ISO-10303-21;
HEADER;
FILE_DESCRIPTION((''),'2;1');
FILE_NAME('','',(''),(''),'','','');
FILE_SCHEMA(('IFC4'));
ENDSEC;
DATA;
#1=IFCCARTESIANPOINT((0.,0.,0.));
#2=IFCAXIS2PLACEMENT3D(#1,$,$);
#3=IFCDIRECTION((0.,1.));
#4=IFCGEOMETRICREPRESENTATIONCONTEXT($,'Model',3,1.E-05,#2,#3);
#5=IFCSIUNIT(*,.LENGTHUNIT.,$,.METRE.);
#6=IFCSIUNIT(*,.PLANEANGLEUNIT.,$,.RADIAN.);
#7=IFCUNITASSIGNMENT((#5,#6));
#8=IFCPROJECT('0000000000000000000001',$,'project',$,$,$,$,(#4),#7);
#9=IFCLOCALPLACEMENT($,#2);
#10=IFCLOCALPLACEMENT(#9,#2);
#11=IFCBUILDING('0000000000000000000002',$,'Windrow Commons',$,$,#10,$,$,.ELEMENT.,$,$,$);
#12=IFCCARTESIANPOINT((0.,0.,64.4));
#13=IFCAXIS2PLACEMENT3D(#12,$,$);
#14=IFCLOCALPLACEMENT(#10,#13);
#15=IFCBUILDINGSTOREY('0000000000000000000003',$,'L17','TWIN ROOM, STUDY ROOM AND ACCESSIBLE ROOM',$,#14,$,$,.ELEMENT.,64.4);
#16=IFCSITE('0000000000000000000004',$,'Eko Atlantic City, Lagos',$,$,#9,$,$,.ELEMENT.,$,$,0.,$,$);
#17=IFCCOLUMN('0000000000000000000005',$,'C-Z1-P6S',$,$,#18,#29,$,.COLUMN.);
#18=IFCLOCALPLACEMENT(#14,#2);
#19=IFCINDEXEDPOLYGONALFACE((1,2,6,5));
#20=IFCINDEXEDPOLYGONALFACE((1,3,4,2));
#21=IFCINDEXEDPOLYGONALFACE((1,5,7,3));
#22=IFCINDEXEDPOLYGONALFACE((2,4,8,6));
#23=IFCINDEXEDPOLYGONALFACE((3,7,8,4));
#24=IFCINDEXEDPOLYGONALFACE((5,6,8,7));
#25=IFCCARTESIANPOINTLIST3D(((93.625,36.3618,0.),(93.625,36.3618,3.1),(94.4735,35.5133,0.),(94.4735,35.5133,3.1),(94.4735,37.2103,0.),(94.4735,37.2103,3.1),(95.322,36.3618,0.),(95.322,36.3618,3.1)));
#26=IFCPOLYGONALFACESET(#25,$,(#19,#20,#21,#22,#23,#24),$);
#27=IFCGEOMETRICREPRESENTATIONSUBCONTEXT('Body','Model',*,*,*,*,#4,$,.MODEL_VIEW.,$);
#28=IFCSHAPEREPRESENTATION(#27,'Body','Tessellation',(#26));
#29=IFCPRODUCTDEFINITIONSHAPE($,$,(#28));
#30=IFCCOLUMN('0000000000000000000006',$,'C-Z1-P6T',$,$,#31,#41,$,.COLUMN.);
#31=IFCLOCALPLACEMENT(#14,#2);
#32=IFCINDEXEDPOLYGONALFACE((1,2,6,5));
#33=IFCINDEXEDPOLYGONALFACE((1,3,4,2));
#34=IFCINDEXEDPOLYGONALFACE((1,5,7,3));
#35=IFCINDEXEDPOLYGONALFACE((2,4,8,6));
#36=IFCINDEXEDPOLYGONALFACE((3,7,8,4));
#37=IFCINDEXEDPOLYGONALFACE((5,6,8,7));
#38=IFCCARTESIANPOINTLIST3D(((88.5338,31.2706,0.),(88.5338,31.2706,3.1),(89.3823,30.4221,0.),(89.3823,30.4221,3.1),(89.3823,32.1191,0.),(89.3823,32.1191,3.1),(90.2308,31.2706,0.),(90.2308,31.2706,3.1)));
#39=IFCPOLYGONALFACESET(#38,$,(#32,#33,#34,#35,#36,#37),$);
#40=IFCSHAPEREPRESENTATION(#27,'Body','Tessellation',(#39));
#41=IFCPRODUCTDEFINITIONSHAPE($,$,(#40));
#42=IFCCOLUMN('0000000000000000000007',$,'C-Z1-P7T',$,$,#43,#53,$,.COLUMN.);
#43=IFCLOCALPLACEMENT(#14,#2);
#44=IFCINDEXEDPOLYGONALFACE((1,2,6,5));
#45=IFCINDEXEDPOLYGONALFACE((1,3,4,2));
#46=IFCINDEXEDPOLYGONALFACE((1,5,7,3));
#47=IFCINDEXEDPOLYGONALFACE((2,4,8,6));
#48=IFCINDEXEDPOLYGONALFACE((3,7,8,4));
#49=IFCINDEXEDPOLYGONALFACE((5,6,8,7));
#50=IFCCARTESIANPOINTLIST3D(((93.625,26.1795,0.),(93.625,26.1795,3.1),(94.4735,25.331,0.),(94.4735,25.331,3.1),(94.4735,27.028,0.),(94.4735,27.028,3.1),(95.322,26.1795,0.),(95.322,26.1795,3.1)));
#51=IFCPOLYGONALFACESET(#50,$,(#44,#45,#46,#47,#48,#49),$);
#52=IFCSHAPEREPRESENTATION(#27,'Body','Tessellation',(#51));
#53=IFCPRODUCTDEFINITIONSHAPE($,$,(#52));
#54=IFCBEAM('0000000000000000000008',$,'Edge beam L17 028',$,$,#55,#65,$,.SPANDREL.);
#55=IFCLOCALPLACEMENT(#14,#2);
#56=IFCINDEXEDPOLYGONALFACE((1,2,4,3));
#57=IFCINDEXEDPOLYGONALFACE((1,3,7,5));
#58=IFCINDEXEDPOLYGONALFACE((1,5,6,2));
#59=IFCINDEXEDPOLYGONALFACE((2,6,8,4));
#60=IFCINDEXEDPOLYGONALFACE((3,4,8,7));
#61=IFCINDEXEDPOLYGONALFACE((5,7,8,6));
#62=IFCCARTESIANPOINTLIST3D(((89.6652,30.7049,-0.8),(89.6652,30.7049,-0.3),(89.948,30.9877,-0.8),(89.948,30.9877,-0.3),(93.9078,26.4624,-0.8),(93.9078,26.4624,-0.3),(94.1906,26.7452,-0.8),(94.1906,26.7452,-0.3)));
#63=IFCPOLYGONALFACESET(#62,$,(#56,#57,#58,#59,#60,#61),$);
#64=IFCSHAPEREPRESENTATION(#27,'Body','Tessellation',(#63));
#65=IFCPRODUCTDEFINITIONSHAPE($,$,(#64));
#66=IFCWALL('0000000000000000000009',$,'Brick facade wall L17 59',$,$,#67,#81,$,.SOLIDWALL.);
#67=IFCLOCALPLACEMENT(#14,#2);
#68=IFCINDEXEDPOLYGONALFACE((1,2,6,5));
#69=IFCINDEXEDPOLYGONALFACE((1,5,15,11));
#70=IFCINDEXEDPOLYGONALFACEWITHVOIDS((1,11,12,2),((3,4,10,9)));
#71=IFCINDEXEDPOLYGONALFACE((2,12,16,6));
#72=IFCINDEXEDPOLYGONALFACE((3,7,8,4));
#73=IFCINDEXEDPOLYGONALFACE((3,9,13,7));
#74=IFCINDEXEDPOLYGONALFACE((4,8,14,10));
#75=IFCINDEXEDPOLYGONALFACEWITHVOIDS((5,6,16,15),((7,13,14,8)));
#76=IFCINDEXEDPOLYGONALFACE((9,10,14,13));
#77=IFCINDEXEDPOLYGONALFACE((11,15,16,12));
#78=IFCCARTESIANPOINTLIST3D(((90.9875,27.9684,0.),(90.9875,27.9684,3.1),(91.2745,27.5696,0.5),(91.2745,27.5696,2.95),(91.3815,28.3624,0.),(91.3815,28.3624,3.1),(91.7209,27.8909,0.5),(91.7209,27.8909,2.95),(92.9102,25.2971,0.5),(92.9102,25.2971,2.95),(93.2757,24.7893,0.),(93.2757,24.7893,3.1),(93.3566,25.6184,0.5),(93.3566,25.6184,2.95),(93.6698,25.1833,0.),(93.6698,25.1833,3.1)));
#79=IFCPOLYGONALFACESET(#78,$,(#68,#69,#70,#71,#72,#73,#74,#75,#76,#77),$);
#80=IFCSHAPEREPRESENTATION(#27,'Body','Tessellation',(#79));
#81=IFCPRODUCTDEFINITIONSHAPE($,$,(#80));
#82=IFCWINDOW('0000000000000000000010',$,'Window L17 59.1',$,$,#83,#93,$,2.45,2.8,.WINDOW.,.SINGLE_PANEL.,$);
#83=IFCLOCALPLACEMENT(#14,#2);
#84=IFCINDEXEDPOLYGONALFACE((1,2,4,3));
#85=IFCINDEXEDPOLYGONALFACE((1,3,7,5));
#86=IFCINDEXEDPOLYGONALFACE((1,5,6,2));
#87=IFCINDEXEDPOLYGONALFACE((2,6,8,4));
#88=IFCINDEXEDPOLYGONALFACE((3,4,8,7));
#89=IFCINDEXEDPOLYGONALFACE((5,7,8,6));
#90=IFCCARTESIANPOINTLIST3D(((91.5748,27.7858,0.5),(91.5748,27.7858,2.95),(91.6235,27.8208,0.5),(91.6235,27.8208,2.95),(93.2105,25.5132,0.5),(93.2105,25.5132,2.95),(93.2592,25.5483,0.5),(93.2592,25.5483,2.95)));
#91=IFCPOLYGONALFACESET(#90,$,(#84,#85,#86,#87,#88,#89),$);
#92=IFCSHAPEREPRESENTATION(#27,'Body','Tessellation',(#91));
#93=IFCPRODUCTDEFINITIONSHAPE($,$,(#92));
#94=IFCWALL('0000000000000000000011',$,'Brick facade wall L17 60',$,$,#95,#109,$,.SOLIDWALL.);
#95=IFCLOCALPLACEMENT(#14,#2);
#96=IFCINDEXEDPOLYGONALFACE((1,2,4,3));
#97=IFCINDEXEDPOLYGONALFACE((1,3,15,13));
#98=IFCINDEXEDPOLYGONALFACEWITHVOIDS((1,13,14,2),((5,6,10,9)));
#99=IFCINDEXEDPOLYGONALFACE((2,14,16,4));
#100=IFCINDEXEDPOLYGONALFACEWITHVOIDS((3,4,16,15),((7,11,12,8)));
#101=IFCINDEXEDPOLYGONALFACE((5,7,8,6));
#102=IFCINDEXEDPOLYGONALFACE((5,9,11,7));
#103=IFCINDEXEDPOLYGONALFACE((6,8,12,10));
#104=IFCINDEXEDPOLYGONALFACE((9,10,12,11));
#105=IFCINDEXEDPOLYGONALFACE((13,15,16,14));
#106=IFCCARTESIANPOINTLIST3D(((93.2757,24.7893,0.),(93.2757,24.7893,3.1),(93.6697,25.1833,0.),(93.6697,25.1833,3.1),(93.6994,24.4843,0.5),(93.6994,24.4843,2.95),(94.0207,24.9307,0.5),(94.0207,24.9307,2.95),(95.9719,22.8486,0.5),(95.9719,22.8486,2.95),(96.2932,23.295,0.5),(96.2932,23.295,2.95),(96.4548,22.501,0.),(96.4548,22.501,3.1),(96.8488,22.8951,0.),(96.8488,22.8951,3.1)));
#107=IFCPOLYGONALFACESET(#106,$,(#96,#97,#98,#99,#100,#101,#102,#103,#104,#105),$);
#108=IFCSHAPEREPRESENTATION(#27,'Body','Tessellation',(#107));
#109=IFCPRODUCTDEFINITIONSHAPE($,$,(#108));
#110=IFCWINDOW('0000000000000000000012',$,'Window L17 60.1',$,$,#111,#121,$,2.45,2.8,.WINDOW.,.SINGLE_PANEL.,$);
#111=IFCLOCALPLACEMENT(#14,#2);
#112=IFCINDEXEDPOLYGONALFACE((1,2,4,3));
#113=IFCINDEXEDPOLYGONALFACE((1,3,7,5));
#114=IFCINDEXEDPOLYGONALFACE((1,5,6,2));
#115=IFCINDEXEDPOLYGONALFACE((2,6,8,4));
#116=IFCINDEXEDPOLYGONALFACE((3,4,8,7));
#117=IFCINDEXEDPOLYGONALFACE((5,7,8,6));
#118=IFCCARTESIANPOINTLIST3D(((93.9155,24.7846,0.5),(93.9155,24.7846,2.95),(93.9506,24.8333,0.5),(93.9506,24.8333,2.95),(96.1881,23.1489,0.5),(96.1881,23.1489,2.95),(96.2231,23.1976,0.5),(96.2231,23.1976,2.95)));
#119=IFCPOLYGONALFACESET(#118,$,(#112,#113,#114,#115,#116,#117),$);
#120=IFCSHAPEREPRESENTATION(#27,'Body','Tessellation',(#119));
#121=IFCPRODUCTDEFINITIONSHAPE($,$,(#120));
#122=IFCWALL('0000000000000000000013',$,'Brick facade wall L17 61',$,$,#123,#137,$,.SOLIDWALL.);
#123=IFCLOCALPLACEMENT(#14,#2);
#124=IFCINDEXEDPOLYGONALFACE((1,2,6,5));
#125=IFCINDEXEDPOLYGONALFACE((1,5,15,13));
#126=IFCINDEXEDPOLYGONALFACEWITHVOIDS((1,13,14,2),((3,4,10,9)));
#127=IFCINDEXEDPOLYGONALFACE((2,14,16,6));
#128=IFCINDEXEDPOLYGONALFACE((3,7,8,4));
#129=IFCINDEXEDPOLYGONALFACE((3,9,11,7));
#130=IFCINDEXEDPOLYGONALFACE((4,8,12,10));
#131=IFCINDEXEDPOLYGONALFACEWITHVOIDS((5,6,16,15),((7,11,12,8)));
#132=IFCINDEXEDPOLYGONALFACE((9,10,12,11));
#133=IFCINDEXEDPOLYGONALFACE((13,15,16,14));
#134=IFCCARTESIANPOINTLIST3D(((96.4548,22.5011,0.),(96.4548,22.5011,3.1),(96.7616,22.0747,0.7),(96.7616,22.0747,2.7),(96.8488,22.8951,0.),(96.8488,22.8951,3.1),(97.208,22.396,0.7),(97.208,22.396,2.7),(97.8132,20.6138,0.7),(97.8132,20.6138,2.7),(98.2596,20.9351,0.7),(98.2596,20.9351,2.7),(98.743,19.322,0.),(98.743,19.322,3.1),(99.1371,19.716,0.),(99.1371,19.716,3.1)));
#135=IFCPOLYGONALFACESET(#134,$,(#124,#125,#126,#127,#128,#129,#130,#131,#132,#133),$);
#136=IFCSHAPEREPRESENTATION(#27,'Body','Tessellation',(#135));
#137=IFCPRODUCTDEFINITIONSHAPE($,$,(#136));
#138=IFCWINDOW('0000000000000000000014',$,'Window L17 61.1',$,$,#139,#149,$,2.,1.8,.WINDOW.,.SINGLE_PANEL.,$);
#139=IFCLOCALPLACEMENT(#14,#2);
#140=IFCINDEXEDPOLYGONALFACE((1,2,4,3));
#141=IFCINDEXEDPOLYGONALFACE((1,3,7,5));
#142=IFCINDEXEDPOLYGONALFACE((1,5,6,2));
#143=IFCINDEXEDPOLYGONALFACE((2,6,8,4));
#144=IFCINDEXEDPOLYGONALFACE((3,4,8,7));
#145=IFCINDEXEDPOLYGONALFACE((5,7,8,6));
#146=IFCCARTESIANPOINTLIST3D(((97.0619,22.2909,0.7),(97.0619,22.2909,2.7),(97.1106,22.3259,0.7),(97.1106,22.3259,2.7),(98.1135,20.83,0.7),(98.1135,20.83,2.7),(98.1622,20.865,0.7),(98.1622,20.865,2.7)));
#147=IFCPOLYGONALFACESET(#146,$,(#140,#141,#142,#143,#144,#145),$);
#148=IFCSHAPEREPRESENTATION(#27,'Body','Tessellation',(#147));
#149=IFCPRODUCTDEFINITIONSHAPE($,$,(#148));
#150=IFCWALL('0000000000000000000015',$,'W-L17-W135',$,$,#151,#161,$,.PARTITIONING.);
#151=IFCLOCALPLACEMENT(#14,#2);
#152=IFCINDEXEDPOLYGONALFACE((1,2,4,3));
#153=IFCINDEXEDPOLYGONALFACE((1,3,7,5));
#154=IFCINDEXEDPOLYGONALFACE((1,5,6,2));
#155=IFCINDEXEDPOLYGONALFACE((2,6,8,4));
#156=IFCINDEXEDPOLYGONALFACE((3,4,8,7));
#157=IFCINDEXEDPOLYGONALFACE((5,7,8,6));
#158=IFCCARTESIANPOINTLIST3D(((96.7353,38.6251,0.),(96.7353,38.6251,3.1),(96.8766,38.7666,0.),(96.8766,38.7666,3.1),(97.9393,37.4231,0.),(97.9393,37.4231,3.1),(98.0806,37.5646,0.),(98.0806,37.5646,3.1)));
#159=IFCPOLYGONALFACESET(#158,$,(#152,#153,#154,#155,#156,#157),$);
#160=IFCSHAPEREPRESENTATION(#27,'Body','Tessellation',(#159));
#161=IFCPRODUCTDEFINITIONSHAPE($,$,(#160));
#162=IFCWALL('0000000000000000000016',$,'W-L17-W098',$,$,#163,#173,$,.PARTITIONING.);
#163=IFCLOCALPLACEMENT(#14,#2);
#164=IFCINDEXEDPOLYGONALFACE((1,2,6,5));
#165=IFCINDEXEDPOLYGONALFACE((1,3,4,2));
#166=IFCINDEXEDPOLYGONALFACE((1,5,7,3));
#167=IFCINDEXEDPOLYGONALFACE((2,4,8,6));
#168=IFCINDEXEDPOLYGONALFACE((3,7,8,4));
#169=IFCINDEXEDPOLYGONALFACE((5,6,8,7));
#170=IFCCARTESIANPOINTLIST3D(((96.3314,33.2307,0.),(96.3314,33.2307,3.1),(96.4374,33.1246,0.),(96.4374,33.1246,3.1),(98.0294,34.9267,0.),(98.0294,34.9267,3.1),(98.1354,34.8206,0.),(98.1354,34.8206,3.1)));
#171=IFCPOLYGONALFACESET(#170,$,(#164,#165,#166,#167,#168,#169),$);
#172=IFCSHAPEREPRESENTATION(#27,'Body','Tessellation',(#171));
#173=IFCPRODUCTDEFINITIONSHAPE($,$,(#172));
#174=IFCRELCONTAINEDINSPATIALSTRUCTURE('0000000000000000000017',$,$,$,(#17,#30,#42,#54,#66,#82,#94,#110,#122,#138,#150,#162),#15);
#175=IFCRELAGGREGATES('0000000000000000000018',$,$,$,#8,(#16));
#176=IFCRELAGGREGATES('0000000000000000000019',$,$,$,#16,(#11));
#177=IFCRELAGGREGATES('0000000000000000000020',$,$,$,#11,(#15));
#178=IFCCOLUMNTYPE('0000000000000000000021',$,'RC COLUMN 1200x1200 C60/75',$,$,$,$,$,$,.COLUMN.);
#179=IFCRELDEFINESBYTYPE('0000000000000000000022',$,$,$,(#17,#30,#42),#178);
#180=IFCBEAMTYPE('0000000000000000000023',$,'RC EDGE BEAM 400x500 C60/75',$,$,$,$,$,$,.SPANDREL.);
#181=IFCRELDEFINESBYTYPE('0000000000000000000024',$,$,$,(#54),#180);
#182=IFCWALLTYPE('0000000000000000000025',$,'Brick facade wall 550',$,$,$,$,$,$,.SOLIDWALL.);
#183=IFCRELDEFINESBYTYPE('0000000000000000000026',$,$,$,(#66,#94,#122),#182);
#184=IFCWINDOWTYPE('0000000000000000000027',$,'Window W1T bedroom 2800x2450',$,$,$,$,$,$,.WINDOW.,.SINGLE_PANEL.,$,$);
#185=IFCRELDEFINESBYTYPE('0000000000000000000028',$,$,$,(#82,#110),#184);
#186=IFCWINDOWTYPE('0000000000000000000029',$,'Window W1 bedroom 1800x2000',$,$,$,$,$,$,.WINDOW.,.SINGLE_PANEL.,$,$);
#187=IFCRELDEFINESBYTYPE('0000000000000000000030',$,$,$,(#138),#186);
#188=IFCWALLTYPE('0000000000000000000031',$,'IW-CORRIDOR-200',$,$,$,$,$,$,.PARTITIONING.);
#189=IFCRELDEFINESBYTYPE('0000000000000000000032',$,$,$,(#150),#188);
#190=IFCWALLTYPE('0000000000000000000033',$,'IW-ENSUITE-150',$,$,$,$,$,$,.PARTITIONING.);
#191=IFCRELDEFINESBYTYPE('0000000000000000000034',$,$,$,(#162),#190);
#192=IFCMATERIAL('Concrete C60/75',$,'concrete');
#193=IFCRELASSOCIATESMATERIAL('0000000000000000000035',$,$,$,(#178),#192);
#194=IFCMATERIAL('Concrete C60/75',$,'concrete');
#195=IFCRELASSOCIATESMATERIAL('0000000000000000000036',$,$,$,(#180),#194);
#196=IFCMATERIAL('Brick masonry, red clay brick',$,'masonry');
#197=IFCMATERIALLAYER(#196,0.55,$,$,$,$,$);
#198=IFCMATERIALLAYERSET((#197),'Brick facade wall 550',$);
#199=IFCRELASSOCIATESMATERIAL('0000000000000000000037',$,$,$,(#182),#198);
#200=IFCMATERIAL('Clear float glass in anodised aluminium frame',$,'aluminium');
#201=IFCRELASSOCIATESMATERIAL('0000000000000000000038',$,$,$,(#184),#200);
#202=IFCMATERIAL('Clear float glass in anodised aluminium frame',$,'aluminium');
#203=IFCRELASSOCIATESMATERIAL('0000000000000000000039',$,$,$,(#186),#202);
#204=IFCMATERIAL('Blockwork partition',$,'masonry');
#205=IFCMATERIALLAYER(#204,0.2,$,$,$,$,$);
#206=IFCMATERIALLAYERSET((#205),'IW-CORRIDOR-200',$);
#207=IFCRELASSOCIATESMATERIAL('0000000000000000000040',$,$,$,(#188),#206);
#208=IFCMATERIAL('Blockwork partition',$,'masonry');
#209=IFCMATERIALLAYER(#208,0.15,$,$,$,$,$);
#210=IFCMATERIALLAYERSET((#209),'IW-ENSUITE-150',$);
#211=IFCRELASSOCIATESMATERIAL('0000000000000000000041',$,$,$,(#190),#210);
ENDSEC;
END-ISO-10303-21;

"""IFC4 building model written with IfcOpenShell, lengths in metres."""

from ifc_helpers import new_model, si_unit, direction, frame, frame_2d, origin, origin_2d, place, context, subcontext, project, spatial, polyline, rectangle, outline, extrude, material, layer, layer_set, material_profile, profile_set, type_object, element, fill, save


model = new_model("IFC4")

# Units and contexts
model_context = context("Model", 3, precision=1e-05, world=origin(), true_north=direction((0.0, 1.0)))
body_context = subcontext(model_context, "Body", "Model", "MODEL_VIEW")
ifc_project = project(units=[si_unit("LENGTHUNIT", "METRE"), si_unit("PLANEANGLEUNIT", "RADIAN")], contexts=[model_context])

# Site, building, storey
site_placement = place(None, origin())
site = spatial("IfcSite", under=ifc_project, at=site_placement, Name="Eko Atlantic City, Lagos", CompositionType="ELEMENT", RefElevation=0.0)
building_placement = place(site_placement, origin())
building = spatial("IfcBuilding", under=site, at=building_placement, Name="Windrow Commons", CompositionType="ELEMENT")
storey_placement = place(building_placement, frame((0.0, 0.0, 64.4)))
storey = spatial("IfcBuildingStorey", under=building, at=storey_placement, Name="L17", Description="TWIN ROOM, STUDY ROOM AND ACCESSIBLE ROOM", CompositionType="ELEMENT", Elevation=64.4)

# Columns
ifc_material_1 = material(Name="Concrete C60/75", Category="concrete")
ifc_material_profile_1 = material_profile(ifc_material_1, rectangle(XDim=1.2, YDim=1.2, at=origin_2d()))
ifc_profile_set_1 = profile_set([ifc_material_profile_1], Name="Concrete C60/75")
column_type = type_object("IfcColumnType", Name="RC COLUMN 1200x1200 C60/75", PredefinedType="COLUMN", material=ifc_profile_set_1)
for number, where, z_axis, x_axis, name in (
    (1, (94.4735, 36.3618, 0.0), (0.0, 0.0, 1.0), (0.707107, -0.707107, 0.0), "C-Z1-P6S"),
    (2, (89.3823, 31.2706, 0.0), (0.0, 0.0, 1.0), (0.707107, -0.707107, 0.0), "C-Z1-P6T"),
    (3, (94.4735, 26.1795, 0.0), (0.0, 0.0, 1.0), (0.707107, -0.707107, 0.0), "C-Z1-P7T"),
):
    element("IfcColumn", number, at=place(storey_placement, frame(where, z_axis=z_axis, x_axis=x_axis)), inside=storey, type_object=column_type, Name=name, PredefinedType="COLUMN", context=body_context, shape_type="SweptSolid", body=[
        extrude(rectangle(XDim=1.2, YDim=1.2, at=origin_2d()), origin(), (0.0, 0.0, 1.0), 3.1),
    ])

# Beam
ifc_material_2 = material(Name="Concrete C60/75", Category="concrete")
ifc_material_profile_2 = material_profile(ifc_material_2, rectangle(XDim=0.4, YDim=0.5, at=origin_2d()))
ifc_profile_set_2 = profile_set([ifc_material_profile_2], Name="Concrete C60/75")
beam_type = type_object("IfcBeamType", Name="RC EDGE BEAM 400x500 C60/75", PredefinedType="SPANDREL", material=ifc_profile_set_2)
beam_placement = place(storey_placement, frame((94.0492, 26.6038, -0.55), z_axis=(-0.707115, 0.707098, 0.0), x_axis=(-0.707098, -0.707115, 0.0)))
element("IfcBeam", 4, at=beam_placement, inside=storey, type_object=beam_type, Name="Edge beam L17 028", PredefinedType="SPANDREL", context=body_context, shape_type="SweptSolid", body=[
    extrude(rectangle(XDim=0.4, YDim=0.5, at=origin_2d()), origin(), (0.0, 0.0, 1.0), 5.9999),
])

# Walls, openings, windows
ifc_material_3 = material(Name="Brick masonry, red clay brick", Category="masonry")
ifc_layer_1 = layer(ifc_material_3, 0.55)
ifc_layer_set_1 = layer_set([ifc_layer_1], Name="Brick facade wall 550")
wall_type_1 = type_object("IfcWallType", Name="Brick facade wall 550", PredefinedType="SOLIDWALL", material=ifc_layer_set_1)
wall_1_placement = place(storey_placement, frame((91.1845, 28.1654, 0.0), z_axis=(0.0, 0.0, 1.0), x_axis=(0.584178, -0.811625, 0.0)))
wall_1 = element("IfcWall", 5, at=wall_1_placement, inside=storey, type_object=wall_type_1, Name="Brick facade wall L17 59", PredefinedType="SOLIDWALL", context=body_context, shape_type="SweptSolid", body=[
    extrude(outline(polyline([(0.0448, -0.275), (3.9618, -0.275), (3.8722, 0.275), (-0.0448, 0.275), (0.0448, -0.275)])), origin(), (0.0, 0.0, 1.0), 3.1),
])
opening_1_placement = place(wall_1_placement, frame((0.5361, 0.0, 0.5)))
opening_1 = element("IfcOpeningElement", 6, at=opening_1_placement, cuts=wall_1, PredefinedType="OPENING", context=body_context, shape_type="SweptSolid", body=[
    extrude(rectangle(XDim=2.8, YDim=2.45, at=frame_2d((1.4, 1.225))), frame((0.0, 0.285, 0.0), z_axis=(0.0, -1.0, 0.0), x_axis=(1.0, 0.0, 0.0)), (0.0, 0.0, 1.0), 0.57),
])
ifc_material_4 = material(Name="Clear float glass in anodised aluminium frame", Category="aluminium")
window_type_1 = type_object("IfcWindowType", Name="Window W1T bedroom 2800x2450", PartitioningType="SINGLE_PANEL", PredefinedType="WINDOW", material=ifc_material_4)
window_1_placement = place(opening_1_placement, origin())
window_1 = element("IfcWindow", 7, at=window_1_placement, inside=storey, type_object=window_type_1, Name="Window L17 59.1", OverallHeight=2.45, OverallWidth=2.8, PartitioningType="SINGLE_PANEL", PredefinedType="WINDOW", context=body_context, shape_type="SweptSolid", body=[
    extrude(rectangle(XDim=2.8, YDim=2.45, at=frame_2d((1.4, 1.225))), frame((0.0, 0.155, 0.0), z_axis=(0.0, -1.0, 0.0), x_axis=(1.0, 0.0, 0.0)), (0.0, 0.0, 1.0), 0.06),
])
fill(opening_1, window_1)
wall_2_placement = place(storey_placement, frame((93.4727, 24.9863, 0.0), z_axis=(0.0, 0.0, 1.0), x_axis=(0.811625, -0.584178, 0.0)))
wall_2 = element("IfcWall", 8, at=wall_2_placement, inside=storey, type_object=wall_type_1, Name="Brick facade wall L17 60", PredefinedType="SOLIDWALL", context=body_context, shape_type="SweptSolid", body=[
    extrude(outline(polyline([(-0.0448, -0.275), (3.8722, -0.275), (3.9618, 0.275), (0.0448, 0.275), (-0.0448, -0.275)])), origin(), (0.0, 0.0, 1.0), 3.1),
])
opening_2_placement = place(wall_2_placement, frame((0.4772, 0.0, 0.5)))
opening_2 = element("IfcOpeningElement", 9, at=opening_2_placement, cuts=wall_2, PredefinedType="OPENING", context=body_context, shape_type="SweptSolid", body=[
    extrude(rectangle(XDim=2.8, YDim=2.45, at=frame_2d((1.4, 1.225))), frame((0.0, 0.285, 0.0), z_axis=(0.0, -1.0, 0.0), x_axis=(1.0, 0.0, 0.0)), (0.0, 0.0, 1.0), 0.57),
])
window_2_placement = place(opening_2_placement, origin())
window_2 = element("IfcWindow", 10, at=window_2_placement, inside=storey, type_object=window_type_1, Name="Window L17 60.1", OverallHeight=2.45, OverallWidth=2.8, PartitioningType="SINGLE_PANEL", PredefinedType="WINDOW", context=body_context, shape_type="SweptSolid", body=[
    extrude(rectangle(XDim=2.8, YDim=2.45, at=frame_2d((1.4, 1.225))), frame((0.0, 0.155, 0.0), z_axis=(0.0, -1.0, 0.0), x_axis=(1.0, 0.0, 0.0)), (0.0, 0.0, 1.0), 0.06),
])
fill(opening_2, window_2)
wall_3_placement = place(storey_placement, frame((96.6518, 22.6981, 0.0), z_axis=(0.0, 0.0, 1.0), x_axis=(0.584178, -0.811625, 0.0)))
wall_3 = element("IfcWall", 11, at=wall_3_placement, inside=storey, type_object=wall_type_1, Name="Brick facade wall L17 61", PredefinedType="SOLIDWALL", context=body_context, shape_type="SweptSolid", body=[
    extrude(outline(polyline([(0.0448, -0.275), (3.9618, -0.275), (3.8722, 0.275), (-0.0448, 0.275), (0.0448, -0.275)])), origin(), (0.0, 0.0, 1.0), 3.1),
])
opening_3_placement = place(wall_3_placement, frame((0.5701, 0.0, 0.7)))
opening_3 = element("IfcOpeningElement", 12, at=opening_3_placement, cuts=wall_3, PredefinedType="OPENING", context=body_context, shape_type="SweptSolid", body=[
    extrude(rectangle(XDim=1.8, YDim=2.0, at=frame_2d((0.9, 1.0))), frame((0.0, 0.285, 0.0), z_axis=(0.0, -1.0, 0.0), x_axis=(1.0, 0.0, 0.0)), (0.0, 0.0, 1.0), 0.57),
])
ifc_material_5 = material(Name="Clear float glass in anodised aluminium frame", Category="aluminium")
window_type_2 = type_object("IfcWindowType", Name="Window W1 bedroom 1800x2000", PartitioningType="SINGLE_PANEL", PredefinedType="WINDOW", material=ifc_material_5)
window_3_placement = place(opening_3_placement, origin())
window_3 = element("IfcWindow", 13, at=window_3_placement, inside=storey, type_object=window_type_2, Name="Window L17 61.1", OverallHeight=2.0, OverallWidth=1.8, PartitioningType="SINGLE_PANEL", PredefinedType="WINDOW", context=body_context, shape_type="SweptSolid", body=[
    extrude(rectangle(XDim=1.8, YDim=2.0, at=frame_2d((0.9, 1.0))), frame((0.0, 0.155, 0.0), z_axis=(0.0, -1.0, 0.0), x_axis=(1.0, 0.0, 0.0)), (0.0, 0.0, 1.0), 0.06),
])
fill(opening_3, window_3)

# Walls
ifc_material_6 = material(Name="Blockwork partition", Category="masonry")
ifc_layer_2 = layer(ifc_material_6, 0.2)
ifc_layer_set_2 = layer_set([ifc_layer_2], Name="IW-CORRIDOR-200")
wall_type_2 = type_object("IfcWallType", Name="IW-CORRIDOR-200", PredefinedType="PARTITIONING", material=ifc_layer_set_2)
wall_4_placement = place(storey_placement, frame((96.8059, 38.6959, 0.0), z_axis=(0.0, 0.0, 1.0), x_axis=(0.707694, -0.706519, 0.0)))
element("IfcWall", 14, at=wall_4_placement, inside=storey, type_object=wall_type_2, Name="W-L17-W135", PredefinedType="PARTITIONING", context=body_context, shape_type="SweptSolid", body=[
    extrude(rectangle(XDim=1.7013, YDim=0.2, at=frame_2d((0.8507, 0.0))), origin(), (0.0, 0.0, 1.0), 3.1),
])
ifc_material_7 = material(Name="Blockwork partition", Category="masonry")
ifc_layer_3 = layer(ifc_material_7, 0.15)
ifc_layer_set_3 = layer_set([ifc_layer_3], Name="IW-ENSUITE-150")
wall_type_3 = type_object("IfcWallType", Name="IW-ENSUITE-150", PredefinedType="PARTITIONING", material=ifc_layer_set_3)
wall_5_placement = place(storey_placement, frame((96.3844, 33.1776, 0.0), z_axis=(0.0, 0.0, 1.0), x_axis=(0.707523, 0.70669, 0.0)))
element("IfcWall", 15, at=wall_5_placement, inside=storey, type_object=wall_type_3, Name="W-L17-W098", PredefinedType="PARTITIONING", context=body_context, shape_type="SweptSolid", body=[
    extrude(rectangle(XDim=2.3999, YDim=0.15, at=frame_2d((1.2, 0.0))), origin(), (0.0, 0.0, 1.0), 3.1),
])

save(model, "model.ifc")
